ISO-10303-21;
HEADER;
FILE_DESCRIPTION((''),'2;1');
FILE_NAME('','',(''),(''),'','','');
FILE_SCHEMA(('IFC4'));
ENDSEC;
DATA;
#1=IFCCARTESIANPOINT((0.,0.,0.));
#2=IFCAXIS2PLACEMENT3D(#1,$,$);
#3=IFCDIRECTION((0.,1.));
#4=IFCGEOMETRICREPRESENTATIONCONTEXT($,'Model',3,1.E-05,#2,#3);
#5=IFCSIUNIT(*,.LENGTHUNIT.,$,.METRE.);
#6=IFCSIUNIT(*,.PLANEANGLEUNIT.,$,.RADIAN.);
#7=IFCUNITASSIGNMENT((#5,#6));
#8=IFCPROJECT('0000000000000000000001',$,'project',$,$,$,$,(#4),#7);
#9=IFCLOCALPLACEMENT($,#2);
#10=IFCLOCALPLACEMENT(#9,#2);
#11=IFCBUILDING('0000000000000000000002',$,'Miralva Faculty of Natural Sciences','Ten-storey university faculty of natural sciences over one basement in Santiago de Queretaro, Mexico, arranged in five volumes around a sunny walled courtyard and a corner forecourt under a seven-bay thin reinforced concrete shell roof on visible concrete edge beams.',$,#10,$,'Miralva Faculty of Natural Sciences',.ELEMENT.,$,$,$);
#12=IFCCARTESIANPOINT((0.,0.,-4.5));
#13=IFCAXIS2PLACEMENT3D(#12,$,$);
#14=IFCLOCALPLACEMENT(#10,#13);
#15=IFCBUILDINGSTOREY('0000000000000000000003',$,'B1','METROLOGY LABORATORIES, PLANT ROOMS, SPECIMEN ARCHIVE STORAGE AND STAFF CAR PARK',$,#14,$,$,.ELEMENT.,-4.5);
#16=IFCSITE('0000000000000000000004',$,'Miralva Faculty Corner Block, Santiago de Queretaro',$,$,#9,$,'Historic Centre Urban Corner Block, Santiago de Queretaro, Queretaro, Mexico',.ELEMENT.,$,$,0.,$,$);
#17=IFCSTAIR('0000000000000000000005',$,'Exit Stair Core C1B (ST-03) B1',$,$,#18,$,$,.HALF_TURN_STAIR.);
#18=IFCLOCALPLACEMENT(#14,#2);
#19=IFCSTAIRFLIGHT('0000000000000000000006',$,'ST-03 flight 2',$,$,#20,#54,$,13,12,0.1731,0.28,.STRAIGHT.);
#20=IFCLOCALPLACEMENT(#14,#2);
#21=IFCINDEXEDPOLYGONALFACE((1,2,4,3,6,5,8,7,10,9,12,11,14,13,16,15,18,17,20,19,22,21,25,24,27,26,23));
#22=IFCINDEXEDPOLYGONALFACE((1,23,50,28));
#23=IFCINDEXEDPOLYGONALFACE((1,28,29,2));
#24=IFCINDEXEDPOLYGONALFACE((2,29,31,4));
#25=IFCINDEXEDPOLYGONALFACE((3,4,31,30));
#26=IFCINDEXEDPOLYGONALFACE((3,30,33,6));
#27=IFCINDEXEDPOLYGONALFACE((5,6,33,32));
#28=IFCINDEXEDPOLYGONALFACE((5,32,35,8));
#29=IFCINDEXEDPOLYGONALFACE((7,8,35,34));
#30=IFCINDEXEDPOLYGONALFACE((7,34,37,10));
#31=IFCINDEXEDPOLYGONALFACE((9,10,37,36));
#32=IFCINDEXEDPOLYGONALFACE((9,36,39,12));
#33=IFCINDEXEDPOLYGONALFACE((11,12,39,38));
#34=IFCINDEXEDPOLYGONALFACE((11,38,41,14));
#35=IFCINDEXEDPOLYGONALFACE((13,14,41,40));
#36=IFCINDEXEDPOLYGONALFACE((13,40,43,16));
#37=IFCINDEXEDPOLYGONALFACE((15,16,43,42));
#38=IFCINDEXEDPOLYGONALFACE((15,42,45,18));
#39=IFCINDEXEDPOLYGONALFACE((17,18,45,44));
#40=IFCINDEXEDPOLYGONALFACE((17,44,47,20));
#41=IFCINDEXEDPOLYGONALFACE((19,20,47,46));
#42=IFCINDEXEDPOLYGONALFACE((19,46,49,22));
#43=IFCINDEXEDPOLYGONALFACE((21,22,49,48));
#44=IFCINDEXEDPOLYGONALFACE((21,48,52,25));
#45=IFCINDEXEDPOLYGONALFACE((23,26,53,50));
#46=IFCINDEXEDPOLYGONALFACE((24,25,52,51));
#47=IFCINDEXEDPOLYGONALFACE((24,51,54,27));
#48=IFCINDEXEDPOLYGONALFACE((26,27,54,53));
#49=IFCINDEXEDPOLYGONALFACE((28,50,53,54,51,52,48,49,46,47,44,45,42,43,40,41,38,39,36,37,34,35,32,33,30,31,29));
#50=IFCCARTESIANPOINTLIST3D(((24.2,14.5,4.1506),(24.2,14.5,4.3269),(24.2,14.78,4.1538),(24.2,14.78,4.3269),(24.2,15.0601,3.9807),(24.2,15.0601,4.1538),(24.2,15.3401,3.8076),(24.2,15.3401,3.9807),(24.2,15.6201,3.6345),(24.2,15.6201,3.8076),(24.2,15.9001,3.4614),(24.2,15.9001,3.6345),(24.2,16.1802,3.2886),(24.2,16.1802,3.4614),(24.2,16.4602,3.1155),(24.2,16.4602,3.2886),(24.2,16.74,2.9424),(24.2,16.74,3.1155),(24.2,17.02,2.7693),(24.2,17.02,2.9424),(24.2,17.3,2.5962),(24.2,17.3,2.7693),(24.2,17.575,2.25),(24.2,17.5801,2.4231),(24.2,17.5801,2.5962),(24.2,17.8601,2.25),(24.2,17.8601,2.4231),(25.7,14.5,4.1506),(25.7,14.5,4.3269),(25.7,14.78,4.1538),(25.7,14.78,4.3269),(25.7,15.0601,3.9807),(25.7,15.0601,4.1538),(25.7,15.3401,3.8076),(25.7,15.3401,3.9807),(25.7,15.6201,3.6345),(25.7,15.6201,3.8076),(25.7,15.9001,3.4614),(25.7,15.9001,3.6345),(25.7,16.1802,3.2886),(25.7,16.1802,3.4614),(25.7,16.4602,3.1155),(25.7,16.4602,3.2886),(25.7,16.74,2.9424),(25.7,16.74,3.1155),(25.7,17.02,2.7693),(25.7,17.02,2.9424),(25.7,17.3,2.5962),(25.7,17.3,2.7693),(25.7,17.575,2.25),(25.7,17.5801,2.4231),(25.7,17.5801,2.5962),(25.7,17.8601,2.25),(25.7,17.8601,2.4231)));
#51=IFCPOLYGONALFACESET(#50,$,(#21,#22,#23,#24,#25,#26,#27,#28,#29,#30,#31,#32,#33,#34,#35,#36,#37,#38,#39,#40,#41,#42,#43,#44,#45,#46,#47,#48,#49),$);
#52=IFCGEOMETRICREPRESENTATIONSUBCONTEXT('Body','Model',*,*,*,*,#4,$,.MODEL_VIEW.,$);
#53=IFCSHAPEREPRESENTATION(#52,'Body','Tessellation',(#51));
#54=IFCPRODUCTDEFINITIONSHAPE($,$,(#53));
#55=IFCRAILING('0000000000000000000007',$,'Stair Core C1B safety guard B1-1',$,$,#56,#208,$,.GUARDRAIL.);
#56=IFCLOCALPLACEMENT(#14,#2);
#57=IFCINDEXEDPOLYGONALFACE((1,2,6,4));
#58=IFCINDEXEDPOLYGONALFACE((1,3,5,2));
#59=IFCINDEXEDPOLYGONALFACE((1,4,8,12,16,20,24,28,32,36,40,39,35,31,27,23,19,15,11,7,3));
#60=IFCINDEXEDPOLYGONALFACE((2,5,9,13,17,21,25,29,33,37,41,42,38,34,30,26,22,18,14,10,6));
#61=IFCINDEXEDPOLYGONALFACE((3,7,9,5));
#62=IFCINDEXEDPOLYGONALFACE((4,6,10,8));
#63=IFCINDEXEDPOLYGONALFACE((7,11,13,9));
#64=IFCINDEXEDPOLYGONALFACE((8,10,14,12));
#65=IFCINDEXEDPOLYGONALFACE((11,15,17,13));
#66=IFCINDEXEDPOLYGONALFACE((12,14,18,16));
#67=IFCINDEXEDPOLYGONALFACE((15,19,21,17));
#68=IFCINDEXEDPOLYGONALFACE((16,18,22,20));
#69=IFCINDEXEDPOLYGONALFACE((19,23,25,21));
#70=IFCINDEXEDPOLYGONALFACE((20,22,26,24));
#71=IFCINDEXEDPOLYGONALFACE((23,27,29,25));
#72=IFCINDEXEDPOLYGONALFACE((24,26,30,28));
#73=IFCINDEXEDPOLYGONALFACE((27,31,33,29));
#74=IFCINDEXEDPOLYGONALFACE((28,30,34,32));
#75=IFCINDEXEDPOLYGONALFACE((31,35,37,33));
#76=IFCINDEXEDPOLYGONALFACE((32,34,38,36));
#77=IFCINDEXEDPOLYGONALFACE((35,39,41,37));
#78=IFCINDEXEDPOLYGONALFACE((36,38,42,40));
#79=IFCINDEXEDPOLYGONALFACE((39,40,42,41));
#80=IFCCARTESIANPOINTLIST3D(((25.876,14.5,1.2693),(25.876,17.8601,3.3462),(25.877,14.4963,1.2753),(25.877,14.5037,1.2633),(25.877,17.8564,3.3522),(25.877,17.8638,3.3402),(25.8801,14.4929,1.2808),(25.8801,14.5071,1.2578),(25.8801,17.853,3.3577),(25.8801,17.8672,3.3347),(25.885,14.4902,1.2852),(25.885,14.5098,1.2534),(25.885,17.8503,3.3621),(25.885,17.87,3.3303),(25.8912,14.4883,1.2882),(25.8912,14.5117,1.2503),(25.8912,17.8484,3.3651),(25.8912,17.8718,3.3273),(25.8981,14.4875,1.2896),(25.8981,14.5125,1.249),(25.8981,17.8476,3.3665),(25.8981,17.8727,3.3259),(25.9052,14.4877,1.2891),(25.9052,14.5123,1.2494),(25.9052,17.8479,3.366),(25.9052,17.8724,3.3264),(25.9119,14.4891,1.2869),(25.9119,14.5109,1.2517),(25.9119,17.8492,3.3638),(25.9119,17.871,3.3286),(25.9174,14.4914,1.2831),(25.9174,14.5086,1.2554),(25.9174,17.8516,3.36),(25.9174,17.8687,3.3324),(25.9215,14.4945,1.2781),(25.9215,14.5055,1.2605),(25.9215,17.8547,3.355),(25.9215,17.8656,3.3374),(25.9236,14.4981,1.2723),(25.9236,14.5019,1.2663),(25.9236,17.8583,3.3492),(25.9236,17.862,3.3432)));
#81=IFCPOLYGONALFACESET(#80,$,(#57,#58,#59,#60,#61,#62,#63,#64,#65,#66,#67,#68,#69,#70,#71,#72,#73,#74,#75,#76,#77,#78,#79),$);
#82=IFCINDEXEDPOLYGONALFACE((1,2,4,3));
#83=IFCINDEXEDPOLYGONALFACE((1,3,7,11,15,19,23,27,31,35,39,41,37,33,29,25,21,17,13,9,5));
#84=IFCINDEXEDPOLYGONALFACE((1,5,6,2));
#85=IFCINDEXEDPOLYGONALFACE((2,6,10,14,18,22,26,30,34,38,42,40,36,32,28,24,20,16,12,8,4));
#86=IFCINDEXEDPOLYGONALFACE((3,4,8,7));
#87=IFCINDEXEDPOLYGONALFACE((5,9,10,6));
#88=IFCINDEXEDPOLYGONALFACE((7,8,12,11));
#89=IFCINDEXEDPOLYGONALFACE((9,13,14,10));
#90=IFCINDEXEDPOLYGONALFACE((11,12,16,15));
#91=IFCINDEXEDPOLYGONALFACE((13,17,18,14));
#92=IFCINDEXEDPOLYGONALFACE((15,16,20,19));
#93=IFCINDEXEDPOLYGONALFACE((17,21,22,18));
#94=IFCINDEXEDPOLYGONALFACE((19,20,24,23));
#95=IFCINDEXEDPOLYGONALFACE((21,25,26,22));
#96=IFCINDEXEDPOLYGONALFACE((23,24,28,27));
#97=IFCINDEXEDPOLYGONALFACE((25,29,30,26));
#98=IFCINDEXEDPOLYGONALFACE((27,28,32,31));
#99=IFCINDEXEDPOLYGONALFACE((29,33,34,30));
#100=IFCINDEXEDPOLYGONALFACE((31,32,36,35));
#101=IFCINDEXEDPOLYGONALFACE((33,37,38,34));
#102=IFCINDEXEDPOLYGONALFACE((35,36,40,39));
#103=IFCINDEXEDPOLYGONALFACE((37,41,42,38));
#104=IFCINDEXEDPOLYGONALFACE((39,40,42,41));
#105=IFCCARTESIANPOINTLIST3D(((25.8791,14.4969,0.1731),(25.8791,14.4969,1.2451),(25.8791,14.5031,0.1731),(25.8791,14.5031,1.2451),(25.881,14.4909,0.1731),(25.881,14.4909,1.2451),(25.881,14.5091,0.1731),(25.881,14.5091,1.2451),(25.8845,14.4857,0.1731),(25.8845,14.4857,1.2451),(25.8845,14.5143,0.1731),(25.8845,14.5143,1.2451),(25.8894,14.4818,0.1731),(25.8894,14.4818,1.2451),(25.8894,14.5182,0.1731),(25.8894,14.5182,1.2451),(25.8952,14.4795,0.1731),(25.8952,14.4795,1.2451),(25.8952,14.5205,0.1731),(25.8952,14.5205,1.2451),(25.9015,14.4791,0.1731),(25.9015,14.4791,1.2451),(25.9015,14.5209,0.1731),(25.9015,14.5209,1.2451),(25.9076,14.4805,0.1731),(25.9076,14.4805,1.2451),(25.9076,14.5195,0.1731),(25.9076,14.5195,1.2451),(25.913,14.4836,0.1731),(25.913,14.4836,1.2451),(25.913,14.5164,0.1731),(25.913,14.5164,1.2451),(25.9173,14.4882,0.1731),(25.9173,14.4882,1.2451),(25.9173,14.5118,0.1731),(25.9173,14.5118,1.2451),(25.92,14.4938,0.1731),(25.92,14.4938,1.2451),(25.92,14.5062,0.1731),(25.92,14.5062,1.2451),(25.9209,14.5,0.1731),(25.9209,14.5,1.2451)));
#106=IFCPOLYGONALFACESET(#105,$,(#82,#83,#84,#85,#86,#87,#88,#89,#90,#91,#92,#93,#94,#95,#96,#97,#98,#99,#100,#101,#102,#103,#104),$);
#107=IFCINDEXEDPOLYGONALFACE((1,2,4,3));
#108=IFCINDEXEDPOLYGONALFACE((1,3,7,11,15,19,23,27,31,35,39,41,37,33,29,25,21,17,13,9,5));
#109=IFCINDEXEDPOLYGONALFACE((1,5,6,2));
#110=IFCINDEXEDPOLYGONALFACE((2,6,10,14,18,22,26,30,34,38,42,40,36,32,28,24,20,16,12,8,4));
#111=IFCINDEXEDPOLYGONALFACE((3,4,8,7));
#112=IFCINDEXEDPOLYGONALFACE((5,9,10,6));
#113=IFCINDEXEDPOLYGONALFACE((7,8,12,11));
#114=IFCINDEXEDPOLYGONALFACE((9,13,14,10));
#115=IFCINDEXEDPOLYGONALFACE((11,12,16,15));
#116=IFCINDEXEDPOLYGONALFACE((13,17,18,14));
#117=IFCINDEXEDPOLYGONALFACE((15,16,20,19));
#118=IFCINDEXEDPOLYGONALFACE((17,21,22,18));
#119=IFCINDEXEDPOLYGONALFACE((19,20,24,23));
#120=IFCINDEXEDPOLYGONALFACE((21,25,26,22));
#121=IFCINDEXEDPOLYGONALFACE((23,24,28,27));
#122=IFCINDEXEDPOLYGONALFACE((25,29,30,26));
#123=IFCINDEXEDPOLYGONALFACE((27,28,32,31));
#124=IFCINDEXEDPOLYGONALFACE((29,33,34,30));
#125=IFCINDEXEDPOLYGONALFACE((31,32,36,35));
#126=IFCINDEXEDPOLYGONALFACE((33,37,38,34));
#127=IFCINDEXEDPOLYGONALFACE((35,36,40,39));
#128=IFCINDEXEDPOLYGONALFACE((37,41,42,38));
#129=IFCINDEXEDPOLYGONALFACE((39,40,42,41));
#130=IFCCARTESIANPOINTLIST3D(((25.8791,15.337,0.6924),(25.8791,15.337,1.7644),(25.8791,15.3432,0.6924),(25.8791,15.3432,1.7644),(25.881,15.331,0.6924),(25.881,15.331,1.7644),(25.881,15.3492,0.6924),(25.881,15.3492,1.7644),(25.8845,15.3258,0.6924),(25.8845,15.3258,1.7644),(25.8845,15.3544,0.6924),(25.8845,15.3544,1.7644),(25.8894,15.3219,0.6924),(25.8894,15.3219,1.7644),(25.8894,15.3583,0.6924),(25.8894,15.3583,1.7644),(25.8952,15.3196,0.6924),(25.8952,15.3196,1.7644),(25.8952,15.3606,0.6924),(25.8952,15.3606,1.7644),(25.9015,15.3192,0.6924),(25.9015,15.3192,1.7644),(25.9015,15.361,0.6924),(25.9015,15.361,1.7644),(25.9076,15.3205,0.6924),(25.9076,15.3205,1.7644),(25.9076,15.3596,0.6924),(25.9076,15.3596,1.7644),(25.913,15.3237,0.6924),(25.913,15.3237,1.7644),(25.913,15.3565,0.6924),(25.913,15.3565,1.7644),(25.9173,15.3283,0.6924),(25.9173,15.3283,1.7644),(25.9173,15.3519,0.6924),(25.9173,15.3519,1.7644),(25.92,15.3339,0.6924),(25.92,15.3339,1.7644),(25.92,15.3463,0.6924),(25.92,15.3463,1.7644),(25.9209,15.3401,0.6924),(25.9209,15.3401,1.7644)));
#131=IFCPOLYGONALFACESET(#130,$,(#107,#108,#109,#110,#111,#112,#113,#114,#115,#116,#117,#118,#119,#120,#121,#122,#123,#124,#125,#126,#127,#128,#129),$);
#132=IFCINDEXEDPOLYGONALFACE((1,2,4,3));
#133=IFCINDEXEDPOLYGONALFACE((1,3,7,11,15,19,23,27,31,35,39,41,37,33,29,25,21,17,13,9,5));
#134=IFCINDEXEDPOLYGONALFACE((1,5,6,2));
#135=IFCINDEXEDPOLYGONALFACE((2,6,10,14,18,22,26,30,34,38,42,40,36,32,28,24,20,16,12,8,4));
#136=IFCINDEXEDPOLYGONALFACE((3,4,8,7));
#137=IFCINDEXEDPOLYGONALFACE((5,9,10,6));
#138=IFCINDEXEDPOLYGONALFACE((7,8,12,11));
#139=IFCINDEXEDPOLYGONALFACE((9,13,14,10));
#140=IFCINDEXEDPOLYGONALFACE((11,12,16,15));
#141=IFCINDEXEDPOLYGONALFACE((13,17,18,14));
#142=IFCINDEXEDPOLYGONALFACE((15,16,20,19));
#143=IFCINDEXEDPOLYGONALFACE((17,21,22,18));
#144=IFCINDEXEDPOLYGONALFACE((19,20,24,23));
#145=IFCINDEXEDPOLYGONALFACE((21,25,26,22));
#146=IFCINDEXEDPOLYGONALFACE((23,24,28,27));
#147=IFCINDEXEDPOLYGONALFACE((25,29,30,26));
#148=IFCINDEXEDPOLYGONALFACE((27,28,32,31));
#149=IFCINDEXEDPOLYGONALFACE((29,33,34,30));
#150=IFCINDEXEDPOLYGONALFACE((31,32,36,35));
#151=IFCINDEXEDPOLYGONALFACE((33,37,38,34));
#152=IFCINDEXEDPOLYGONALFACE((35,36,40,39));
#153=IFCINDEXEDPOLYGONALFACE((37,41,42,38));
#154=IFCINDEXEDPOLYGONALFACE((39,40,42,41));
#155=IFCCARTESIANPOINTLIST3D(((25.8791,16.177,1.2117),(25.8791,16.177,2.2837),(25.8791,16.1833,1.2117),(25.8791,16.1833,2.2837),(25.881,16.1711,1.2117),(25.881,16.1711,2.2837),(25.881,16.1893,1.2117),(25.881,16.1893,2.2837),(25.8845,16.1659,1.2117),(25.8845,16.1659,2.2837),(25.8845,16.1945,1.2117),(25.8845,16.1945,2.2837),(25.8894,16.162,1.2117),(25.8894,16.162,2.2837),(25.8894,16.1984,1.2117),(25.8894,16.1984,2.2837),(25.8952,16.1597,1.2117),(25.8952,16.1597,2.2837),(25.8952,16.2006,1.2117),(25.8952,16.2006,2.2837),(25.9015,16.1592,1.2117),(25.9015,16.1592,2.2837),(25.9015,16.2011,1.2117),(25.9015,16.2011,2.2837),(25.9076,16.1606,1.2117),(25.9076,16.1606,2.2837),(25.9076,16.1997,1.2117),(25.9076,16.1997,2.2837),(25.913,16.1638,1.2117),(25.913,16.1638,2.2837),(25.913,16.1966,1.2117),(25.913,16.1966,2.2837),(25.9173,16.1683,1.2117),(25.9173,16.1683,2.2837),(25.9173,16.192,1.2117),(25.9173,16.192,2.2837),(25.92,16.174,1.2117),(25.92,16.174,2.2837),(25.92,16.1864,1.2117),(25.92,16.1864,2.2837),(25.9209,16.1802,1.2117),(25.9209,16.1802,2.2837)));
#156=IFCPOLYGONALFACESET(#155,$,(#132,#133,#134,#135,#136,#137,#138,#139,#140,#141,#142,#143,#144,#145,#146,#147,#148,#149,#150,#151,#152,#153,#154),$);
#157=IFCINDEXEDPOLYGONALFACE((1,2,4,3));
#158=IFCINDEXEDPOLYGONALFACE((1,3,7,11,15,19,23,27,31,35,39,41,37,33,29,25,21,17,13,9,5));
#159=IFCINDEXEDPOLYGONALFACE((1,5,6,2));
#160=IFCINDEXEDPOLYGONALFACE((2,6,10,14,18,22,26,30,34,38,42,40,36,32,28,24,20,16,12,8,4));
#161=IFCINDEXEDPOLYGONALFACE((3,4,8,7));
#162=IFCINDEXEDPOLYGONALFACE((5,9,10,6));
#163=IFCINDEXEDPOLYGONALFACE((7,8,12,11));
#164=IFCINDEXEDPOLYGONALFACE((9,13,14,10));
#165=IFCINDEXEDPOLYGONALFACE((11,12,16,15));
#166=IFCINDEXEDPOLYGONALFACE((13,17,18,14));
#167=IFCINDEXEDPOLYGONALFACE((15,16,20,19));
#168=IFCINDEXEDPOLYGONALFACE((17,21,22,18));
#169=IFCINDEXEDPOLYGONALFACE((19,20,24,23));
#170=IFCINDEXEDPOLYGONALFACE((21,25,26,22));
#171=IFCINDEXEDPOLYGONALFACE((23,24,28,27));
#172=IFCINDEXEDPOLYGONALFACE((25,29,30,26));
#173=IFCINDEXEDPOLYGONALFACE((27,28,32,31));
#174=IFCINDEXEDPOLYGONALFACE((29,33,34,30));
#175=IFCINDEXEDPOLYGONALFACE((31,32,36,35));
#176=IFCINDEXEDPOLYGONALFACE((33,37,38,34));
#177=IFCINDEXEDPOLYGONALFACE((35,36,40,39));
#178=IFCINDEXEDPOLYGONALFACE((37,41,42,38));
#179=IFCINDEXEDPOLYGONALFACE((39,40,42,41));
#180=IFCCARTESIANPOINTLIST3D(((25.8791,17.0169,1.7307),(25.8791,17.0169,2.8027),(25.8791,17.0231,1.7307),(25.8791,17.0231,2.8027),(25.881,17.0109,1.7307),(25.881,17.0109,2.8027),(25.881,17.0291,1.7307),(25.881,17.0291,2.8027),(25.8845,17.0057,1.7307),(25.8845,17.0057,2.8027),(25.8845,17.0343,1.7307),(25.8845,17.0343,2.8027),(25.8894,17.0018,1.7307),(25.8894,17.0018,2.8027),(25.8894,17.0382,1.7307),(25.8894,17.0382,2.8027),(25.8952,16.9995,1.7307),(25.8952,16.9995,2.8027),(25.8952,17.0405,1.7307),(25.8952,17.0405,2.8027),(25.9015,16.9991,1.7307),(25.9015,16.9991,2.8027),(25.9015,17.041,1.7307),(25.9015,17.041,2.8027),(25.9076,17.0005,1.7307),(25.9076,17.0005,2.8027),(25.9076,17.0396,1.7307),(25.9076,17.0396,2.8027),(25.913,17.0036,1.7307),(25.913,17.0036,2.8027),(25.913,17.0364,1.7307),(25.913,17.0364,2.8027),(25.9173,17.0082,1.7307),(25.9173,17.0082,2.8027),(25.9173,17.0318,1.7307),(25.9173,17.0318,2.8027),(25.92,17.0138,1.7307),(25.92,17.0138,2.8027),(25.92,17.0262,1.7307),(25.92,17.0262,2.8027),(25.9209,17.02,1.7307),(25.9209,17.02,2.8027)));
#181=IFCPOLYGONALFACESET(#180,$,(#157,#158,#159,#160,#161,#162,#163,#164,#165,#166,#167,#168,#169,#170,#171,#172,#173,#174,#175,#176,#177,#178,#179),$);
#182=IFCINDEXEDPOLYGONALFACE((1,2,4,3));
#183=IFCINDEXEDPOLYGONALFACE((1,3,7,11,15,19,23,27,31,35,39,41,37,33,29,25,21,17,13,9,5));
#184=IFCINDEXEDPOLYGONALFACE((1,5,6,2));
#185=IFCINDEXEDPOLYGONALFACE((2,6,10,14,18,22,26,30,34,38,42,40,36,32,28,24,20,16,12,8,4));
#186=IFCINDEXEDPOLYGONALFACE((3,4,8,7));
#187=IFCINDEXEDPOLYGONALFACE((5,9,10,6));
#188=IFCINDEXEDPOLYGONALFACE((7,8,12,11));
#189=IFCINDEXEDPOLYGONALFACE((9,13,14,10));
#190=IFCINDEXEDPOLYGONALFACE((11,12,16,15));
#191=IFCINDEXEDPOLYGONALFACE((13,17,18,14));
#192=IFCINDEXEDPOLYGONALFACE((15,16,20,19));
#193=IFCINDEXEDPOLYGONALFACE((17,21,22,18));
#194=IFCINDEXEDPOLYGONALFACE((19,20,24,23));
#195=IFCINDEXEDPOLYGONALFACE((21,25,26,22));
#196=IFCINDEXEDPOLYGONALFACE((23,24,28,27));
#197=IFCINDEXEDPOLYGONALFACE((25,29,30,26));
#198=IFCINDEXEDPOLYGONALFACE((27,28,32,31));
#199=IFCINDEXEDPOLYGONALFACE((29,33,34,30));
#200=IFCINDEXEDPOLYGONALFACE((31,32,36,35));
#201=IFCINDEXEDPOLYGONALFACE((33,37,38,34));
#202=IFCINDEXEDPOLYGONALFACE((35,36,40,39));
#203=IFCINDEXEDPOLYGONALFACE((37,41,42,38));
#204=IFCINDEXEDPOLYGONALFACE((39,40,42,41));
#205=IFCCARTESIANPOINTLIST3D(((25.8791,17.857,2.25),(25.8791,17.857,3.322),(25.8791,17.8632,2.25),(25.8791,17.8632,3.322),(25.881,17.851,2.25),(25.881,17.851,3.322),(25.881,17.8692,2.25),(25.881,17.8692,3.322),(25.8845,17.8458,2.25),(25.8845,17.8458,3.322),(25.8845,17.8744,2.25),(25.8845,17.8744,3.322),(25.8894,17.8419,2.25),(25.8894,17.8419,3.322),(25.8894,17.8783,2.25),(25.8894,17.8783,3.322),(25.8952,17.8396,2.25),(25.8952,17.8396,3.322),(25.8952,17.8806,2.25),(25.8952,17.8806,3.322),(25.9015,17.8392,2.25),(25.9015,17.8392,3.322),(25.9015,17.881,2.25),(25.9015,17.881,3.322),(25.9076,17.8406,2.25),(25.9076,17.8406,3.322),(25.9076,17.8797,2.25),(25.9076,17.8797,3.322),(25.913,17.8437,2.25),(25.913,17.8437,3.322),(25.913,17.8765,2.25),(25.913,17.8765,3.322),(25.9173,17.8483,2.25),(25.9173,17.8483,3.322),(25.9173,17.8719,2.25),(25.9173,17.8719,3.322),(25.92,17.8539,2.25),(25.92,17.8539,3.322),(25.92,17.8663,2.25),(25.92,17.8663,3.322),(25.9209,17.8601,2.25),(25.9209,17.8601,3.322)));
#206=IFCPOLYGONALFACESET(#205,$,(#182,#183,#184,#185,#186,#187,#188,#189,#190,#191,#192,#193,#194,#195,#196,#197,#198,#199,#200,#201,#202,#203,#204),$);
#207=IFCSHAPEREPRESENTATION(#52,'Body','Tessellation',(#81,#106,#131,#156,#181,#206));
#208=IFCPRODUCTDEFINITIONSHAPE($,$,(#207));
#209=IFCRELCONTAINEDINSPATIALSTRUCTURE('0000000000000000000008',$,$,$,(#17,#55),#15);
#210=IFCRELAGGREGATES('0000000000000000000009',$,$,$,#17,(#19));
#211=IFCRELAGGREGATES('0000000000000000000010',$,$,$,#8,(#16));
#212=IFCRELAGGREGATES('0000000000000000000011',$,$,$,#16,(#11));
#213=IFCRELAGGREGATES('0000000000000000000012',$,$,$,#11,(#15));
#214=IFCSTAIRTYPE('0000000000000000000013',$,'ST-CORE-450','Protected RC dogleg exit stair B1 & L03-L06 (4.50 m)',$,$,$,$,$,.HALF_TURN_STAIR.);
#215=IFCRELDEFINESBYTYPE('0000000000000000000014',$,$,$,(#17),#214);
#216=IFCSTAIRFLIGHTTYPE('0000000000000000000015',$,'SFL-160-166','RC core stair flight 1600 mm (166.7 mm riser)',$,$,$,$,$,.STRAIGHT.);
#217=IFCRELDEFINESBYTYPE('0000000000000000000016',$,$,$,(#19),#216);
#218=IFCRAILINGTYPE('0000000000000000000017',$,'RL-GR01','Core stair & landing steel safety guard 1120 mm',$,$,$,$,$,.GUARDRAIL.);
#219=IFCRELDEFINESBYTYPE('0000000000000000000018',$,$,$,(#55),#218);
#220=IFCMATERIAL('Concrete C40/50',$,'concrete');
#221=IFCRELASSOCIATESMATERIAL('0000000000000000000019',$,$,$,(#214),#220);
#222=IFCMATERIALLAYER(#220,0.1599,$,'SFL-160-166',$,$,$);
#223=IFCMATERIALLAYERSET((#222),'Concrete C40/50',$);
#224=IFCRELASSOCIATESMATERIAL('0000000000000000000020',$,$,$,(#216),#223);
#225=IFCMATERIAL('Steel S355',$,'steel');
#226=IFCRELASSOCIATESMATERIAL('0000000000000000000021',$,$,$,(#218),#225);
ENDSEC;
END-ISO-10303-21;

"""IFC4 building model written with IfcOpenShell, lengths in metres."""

from ifc_helpers import new_model, si_unit, direction, frame, origin, origin_2d, place, context, subcontext, project, spatial, polyline, circle, outline, extrude, material, layer, layer_set, type_object, element, aggregate, save


model = new_model("IFC4")

# Units and contexts
model_context = context("Model", 3, precision=1e-05, world=origin(), true_north=direction((0.0, 1.0)))
body_context = subcontext(model_context, "Body", "Model", "MODEL_VIEW")
ifc_project = project(units=[si_unit("LENGTHUNIT", "METRE"), si_unit("PLANEANGLEUNIT", "RADIAN")], contexts=[model_context])

# Site, building, storey
site_placement = place(None, origin())
site = spatial("IfcSite", under=ifc_project, at=site_placement, Name="Miralva Faculty Corner Block, Santiago de Queretaro", LongName="Historic Centre Urban Corner Block, Santiago de Queretaro, Queretaro, Mexico", CompositionType="ELEMENT", RefElevation=0.0)
building_placement = place(site_placement, origin())
building = spatial("IfcBuilding", under=site, at=building_placement, Name="Miralva Faculty of Natural Sciences", Description="Ten-storey university faculty of natural sciences over one basement in Santiago de Queretaro, Mexico, arranged in five volumes around a sunny walled courtyard and a corner forecourt under a seven-bay thin reinforced concrete shell roof on visible concrete edge beams.", LongName="Miralva Faculty of Natural Sciences", CompositionType="ELEMENT")
storey_placement = place(building_placement, frame((0.0, 0.0, -4.5)))
storey = spatial("IfcBuildingStorey", under=building, at=storey_placement, Name="B1", Description="METROLOGY LABORATORIES, PLANT ROOMS, SPECIMEN ARCHIVE STORAGE AND STAFF CAR PARK", CompositionType="ELEMENT", Elevation=-4.5)

# Shared definitions
ifc_material_1 = material(Name="Concrete C40/50", Category="concrete")

# Stair, stair flight
stair_type = type_object("IfcStairType", Name="ST-CORE-450", Description="Protected RC dogleg exit stair B1 & L03-L06 (4.50 m)", PredefinedType="HALF_TURN_STAIR", material=ifc_material_1)
stair_placement = place(storey_placement, origin())
stair = element("IfcStair", 1, at=stair_placement, inside=storey, type_object=stair_type, Name="Exit Stair Core C1B (ST-03) B1", PredefinedType="HALF_TURN_STAIR")
ifc_layer_1 = layer(ifc_material_1, 0.1599, Name="SFL-160-166")
ifc_layer_set_1 = layer_set([ifc_layer_1], Name="Concrete C40/50")
stair_flight_type = type_object("IfcStairFlightType", Name="SFL-160-166", Description="RC core stair flight 1600 mm (166.7 mm riser)", PredefinedType="STRAIGHT", material=ifc_layer_set_1)
stair_flight_1_placement = place(storey_placement, frame((24.95, 17.8601, 2.25), z_axis=(0.0, 0.0, 1.0), x_axis=(0.0, -1.0, 0.0)))
stair_flight_1 = element("IfcStairFlight", 2, at=stair_flight_1_placement, type_object=stair_flight_type, Name="ST-03 flight 2", NumberOfRisers=13, NumberOfTreads=12, PredefinedType="STRAIGHT", RiserHeight=0.1731, TreadLength=0.28, context=body_context, shape_type="SweptSolid", body=[
    extrude(outline(polyline([(0.0, 0.0), (0.0, 0.1731), (0.28, 0.1731), (0.28, 0.3462), (0.5601, 0.3462), (0.5601, 0.5193), (0.8401, 0.5193), (0.8401, 0.6924), (1.1201, 0.6924), (1.1201, 0.8655), (1.3999, 0.8655), (1.3999, 1.0386), (1.6799, 1.0386), (1.6799, 1.2114), (1.96, 1.2114), (1.96, 1.3845), (2.24, 1.3845), (2.24, 1.5576), (2.52, 1.5576), (2.52, 1.7307), (2.8, 1.7307), (2.8, 1.9038), (3.0801, 1.9038), (3.0801, 2.0769), (3.3601, 2.0769), (3.3601, 2.25), (3.3601, 1.9006), (0.2852, 0.0), (0.0, 0.0)])), frame((0.0, 0.75, 0.0), z_axis=(0.0, -1.0, 0.0), x_axis=(1.0, 0.0, 0.0)), (0.0, 0.0, 1.0), 1.5),
])
aggregate(stair, [stair_flight_1])

# Railing
ifc_material_2 = material(Name="Steel S355", Category="steel")
railing_type_1 = type_object("IfcRailingType", Name="RL-GR01", Description="Core stair & landing steel safety guard 1120 mm", PredefinedType="GUARDRAIL", material=ifc_material_2)
railing_1_placement = place(storey_placement, frame((25.8999, 14.5, 0.1731)))
element("IfcRailing", 3, at=railing_1_placement, inside=storey, type_object=railing_type_1, Name="Stair Core C1B safety guard B1-1", PredefinedType="GUARDRAIL", context=body_context, shape_type="SweptSolid", body=[
    extrude(circle(Radius=0.0239, at=origin_2d()), frame((0.0, 0.0, 1.0962), z_axis=(0.0, 0.850623, 0.525776), x_axis=(-1.0, 0.0, 0.0)), (0.0, 0.0, 1.0), 3.9502),
    extrude(circle(Radius=0.021, at=origin_2d()), origin(), (0.0, 0.0, 1.0), 1.072),
    extrude(circle(Radius=0.021, at=origin_2d()), frame((0.0, 0.8401, 0.5193)), (0.0, 0.0, 1.0), 1.072),
    extrude(circle(Radius=0.021, at=origin_2d()), frame((0.0, 1.6802, 1.0386)), (0.0, 0.0, 1.0), 1.072),
    extrude(circle(Radius=0.021, at=origin_2d()), frame((0.0, 2.52, 1.5576)), (0.0, 0.0, 1.0), 1.072),
    extrude(circle(Radius=0.021, at=origin_2d()), frame((0.0, 3.3601, 2.0769)), (0.0, 0.0, 1.0), 1.072),
])

save(model, "model.ifc")
